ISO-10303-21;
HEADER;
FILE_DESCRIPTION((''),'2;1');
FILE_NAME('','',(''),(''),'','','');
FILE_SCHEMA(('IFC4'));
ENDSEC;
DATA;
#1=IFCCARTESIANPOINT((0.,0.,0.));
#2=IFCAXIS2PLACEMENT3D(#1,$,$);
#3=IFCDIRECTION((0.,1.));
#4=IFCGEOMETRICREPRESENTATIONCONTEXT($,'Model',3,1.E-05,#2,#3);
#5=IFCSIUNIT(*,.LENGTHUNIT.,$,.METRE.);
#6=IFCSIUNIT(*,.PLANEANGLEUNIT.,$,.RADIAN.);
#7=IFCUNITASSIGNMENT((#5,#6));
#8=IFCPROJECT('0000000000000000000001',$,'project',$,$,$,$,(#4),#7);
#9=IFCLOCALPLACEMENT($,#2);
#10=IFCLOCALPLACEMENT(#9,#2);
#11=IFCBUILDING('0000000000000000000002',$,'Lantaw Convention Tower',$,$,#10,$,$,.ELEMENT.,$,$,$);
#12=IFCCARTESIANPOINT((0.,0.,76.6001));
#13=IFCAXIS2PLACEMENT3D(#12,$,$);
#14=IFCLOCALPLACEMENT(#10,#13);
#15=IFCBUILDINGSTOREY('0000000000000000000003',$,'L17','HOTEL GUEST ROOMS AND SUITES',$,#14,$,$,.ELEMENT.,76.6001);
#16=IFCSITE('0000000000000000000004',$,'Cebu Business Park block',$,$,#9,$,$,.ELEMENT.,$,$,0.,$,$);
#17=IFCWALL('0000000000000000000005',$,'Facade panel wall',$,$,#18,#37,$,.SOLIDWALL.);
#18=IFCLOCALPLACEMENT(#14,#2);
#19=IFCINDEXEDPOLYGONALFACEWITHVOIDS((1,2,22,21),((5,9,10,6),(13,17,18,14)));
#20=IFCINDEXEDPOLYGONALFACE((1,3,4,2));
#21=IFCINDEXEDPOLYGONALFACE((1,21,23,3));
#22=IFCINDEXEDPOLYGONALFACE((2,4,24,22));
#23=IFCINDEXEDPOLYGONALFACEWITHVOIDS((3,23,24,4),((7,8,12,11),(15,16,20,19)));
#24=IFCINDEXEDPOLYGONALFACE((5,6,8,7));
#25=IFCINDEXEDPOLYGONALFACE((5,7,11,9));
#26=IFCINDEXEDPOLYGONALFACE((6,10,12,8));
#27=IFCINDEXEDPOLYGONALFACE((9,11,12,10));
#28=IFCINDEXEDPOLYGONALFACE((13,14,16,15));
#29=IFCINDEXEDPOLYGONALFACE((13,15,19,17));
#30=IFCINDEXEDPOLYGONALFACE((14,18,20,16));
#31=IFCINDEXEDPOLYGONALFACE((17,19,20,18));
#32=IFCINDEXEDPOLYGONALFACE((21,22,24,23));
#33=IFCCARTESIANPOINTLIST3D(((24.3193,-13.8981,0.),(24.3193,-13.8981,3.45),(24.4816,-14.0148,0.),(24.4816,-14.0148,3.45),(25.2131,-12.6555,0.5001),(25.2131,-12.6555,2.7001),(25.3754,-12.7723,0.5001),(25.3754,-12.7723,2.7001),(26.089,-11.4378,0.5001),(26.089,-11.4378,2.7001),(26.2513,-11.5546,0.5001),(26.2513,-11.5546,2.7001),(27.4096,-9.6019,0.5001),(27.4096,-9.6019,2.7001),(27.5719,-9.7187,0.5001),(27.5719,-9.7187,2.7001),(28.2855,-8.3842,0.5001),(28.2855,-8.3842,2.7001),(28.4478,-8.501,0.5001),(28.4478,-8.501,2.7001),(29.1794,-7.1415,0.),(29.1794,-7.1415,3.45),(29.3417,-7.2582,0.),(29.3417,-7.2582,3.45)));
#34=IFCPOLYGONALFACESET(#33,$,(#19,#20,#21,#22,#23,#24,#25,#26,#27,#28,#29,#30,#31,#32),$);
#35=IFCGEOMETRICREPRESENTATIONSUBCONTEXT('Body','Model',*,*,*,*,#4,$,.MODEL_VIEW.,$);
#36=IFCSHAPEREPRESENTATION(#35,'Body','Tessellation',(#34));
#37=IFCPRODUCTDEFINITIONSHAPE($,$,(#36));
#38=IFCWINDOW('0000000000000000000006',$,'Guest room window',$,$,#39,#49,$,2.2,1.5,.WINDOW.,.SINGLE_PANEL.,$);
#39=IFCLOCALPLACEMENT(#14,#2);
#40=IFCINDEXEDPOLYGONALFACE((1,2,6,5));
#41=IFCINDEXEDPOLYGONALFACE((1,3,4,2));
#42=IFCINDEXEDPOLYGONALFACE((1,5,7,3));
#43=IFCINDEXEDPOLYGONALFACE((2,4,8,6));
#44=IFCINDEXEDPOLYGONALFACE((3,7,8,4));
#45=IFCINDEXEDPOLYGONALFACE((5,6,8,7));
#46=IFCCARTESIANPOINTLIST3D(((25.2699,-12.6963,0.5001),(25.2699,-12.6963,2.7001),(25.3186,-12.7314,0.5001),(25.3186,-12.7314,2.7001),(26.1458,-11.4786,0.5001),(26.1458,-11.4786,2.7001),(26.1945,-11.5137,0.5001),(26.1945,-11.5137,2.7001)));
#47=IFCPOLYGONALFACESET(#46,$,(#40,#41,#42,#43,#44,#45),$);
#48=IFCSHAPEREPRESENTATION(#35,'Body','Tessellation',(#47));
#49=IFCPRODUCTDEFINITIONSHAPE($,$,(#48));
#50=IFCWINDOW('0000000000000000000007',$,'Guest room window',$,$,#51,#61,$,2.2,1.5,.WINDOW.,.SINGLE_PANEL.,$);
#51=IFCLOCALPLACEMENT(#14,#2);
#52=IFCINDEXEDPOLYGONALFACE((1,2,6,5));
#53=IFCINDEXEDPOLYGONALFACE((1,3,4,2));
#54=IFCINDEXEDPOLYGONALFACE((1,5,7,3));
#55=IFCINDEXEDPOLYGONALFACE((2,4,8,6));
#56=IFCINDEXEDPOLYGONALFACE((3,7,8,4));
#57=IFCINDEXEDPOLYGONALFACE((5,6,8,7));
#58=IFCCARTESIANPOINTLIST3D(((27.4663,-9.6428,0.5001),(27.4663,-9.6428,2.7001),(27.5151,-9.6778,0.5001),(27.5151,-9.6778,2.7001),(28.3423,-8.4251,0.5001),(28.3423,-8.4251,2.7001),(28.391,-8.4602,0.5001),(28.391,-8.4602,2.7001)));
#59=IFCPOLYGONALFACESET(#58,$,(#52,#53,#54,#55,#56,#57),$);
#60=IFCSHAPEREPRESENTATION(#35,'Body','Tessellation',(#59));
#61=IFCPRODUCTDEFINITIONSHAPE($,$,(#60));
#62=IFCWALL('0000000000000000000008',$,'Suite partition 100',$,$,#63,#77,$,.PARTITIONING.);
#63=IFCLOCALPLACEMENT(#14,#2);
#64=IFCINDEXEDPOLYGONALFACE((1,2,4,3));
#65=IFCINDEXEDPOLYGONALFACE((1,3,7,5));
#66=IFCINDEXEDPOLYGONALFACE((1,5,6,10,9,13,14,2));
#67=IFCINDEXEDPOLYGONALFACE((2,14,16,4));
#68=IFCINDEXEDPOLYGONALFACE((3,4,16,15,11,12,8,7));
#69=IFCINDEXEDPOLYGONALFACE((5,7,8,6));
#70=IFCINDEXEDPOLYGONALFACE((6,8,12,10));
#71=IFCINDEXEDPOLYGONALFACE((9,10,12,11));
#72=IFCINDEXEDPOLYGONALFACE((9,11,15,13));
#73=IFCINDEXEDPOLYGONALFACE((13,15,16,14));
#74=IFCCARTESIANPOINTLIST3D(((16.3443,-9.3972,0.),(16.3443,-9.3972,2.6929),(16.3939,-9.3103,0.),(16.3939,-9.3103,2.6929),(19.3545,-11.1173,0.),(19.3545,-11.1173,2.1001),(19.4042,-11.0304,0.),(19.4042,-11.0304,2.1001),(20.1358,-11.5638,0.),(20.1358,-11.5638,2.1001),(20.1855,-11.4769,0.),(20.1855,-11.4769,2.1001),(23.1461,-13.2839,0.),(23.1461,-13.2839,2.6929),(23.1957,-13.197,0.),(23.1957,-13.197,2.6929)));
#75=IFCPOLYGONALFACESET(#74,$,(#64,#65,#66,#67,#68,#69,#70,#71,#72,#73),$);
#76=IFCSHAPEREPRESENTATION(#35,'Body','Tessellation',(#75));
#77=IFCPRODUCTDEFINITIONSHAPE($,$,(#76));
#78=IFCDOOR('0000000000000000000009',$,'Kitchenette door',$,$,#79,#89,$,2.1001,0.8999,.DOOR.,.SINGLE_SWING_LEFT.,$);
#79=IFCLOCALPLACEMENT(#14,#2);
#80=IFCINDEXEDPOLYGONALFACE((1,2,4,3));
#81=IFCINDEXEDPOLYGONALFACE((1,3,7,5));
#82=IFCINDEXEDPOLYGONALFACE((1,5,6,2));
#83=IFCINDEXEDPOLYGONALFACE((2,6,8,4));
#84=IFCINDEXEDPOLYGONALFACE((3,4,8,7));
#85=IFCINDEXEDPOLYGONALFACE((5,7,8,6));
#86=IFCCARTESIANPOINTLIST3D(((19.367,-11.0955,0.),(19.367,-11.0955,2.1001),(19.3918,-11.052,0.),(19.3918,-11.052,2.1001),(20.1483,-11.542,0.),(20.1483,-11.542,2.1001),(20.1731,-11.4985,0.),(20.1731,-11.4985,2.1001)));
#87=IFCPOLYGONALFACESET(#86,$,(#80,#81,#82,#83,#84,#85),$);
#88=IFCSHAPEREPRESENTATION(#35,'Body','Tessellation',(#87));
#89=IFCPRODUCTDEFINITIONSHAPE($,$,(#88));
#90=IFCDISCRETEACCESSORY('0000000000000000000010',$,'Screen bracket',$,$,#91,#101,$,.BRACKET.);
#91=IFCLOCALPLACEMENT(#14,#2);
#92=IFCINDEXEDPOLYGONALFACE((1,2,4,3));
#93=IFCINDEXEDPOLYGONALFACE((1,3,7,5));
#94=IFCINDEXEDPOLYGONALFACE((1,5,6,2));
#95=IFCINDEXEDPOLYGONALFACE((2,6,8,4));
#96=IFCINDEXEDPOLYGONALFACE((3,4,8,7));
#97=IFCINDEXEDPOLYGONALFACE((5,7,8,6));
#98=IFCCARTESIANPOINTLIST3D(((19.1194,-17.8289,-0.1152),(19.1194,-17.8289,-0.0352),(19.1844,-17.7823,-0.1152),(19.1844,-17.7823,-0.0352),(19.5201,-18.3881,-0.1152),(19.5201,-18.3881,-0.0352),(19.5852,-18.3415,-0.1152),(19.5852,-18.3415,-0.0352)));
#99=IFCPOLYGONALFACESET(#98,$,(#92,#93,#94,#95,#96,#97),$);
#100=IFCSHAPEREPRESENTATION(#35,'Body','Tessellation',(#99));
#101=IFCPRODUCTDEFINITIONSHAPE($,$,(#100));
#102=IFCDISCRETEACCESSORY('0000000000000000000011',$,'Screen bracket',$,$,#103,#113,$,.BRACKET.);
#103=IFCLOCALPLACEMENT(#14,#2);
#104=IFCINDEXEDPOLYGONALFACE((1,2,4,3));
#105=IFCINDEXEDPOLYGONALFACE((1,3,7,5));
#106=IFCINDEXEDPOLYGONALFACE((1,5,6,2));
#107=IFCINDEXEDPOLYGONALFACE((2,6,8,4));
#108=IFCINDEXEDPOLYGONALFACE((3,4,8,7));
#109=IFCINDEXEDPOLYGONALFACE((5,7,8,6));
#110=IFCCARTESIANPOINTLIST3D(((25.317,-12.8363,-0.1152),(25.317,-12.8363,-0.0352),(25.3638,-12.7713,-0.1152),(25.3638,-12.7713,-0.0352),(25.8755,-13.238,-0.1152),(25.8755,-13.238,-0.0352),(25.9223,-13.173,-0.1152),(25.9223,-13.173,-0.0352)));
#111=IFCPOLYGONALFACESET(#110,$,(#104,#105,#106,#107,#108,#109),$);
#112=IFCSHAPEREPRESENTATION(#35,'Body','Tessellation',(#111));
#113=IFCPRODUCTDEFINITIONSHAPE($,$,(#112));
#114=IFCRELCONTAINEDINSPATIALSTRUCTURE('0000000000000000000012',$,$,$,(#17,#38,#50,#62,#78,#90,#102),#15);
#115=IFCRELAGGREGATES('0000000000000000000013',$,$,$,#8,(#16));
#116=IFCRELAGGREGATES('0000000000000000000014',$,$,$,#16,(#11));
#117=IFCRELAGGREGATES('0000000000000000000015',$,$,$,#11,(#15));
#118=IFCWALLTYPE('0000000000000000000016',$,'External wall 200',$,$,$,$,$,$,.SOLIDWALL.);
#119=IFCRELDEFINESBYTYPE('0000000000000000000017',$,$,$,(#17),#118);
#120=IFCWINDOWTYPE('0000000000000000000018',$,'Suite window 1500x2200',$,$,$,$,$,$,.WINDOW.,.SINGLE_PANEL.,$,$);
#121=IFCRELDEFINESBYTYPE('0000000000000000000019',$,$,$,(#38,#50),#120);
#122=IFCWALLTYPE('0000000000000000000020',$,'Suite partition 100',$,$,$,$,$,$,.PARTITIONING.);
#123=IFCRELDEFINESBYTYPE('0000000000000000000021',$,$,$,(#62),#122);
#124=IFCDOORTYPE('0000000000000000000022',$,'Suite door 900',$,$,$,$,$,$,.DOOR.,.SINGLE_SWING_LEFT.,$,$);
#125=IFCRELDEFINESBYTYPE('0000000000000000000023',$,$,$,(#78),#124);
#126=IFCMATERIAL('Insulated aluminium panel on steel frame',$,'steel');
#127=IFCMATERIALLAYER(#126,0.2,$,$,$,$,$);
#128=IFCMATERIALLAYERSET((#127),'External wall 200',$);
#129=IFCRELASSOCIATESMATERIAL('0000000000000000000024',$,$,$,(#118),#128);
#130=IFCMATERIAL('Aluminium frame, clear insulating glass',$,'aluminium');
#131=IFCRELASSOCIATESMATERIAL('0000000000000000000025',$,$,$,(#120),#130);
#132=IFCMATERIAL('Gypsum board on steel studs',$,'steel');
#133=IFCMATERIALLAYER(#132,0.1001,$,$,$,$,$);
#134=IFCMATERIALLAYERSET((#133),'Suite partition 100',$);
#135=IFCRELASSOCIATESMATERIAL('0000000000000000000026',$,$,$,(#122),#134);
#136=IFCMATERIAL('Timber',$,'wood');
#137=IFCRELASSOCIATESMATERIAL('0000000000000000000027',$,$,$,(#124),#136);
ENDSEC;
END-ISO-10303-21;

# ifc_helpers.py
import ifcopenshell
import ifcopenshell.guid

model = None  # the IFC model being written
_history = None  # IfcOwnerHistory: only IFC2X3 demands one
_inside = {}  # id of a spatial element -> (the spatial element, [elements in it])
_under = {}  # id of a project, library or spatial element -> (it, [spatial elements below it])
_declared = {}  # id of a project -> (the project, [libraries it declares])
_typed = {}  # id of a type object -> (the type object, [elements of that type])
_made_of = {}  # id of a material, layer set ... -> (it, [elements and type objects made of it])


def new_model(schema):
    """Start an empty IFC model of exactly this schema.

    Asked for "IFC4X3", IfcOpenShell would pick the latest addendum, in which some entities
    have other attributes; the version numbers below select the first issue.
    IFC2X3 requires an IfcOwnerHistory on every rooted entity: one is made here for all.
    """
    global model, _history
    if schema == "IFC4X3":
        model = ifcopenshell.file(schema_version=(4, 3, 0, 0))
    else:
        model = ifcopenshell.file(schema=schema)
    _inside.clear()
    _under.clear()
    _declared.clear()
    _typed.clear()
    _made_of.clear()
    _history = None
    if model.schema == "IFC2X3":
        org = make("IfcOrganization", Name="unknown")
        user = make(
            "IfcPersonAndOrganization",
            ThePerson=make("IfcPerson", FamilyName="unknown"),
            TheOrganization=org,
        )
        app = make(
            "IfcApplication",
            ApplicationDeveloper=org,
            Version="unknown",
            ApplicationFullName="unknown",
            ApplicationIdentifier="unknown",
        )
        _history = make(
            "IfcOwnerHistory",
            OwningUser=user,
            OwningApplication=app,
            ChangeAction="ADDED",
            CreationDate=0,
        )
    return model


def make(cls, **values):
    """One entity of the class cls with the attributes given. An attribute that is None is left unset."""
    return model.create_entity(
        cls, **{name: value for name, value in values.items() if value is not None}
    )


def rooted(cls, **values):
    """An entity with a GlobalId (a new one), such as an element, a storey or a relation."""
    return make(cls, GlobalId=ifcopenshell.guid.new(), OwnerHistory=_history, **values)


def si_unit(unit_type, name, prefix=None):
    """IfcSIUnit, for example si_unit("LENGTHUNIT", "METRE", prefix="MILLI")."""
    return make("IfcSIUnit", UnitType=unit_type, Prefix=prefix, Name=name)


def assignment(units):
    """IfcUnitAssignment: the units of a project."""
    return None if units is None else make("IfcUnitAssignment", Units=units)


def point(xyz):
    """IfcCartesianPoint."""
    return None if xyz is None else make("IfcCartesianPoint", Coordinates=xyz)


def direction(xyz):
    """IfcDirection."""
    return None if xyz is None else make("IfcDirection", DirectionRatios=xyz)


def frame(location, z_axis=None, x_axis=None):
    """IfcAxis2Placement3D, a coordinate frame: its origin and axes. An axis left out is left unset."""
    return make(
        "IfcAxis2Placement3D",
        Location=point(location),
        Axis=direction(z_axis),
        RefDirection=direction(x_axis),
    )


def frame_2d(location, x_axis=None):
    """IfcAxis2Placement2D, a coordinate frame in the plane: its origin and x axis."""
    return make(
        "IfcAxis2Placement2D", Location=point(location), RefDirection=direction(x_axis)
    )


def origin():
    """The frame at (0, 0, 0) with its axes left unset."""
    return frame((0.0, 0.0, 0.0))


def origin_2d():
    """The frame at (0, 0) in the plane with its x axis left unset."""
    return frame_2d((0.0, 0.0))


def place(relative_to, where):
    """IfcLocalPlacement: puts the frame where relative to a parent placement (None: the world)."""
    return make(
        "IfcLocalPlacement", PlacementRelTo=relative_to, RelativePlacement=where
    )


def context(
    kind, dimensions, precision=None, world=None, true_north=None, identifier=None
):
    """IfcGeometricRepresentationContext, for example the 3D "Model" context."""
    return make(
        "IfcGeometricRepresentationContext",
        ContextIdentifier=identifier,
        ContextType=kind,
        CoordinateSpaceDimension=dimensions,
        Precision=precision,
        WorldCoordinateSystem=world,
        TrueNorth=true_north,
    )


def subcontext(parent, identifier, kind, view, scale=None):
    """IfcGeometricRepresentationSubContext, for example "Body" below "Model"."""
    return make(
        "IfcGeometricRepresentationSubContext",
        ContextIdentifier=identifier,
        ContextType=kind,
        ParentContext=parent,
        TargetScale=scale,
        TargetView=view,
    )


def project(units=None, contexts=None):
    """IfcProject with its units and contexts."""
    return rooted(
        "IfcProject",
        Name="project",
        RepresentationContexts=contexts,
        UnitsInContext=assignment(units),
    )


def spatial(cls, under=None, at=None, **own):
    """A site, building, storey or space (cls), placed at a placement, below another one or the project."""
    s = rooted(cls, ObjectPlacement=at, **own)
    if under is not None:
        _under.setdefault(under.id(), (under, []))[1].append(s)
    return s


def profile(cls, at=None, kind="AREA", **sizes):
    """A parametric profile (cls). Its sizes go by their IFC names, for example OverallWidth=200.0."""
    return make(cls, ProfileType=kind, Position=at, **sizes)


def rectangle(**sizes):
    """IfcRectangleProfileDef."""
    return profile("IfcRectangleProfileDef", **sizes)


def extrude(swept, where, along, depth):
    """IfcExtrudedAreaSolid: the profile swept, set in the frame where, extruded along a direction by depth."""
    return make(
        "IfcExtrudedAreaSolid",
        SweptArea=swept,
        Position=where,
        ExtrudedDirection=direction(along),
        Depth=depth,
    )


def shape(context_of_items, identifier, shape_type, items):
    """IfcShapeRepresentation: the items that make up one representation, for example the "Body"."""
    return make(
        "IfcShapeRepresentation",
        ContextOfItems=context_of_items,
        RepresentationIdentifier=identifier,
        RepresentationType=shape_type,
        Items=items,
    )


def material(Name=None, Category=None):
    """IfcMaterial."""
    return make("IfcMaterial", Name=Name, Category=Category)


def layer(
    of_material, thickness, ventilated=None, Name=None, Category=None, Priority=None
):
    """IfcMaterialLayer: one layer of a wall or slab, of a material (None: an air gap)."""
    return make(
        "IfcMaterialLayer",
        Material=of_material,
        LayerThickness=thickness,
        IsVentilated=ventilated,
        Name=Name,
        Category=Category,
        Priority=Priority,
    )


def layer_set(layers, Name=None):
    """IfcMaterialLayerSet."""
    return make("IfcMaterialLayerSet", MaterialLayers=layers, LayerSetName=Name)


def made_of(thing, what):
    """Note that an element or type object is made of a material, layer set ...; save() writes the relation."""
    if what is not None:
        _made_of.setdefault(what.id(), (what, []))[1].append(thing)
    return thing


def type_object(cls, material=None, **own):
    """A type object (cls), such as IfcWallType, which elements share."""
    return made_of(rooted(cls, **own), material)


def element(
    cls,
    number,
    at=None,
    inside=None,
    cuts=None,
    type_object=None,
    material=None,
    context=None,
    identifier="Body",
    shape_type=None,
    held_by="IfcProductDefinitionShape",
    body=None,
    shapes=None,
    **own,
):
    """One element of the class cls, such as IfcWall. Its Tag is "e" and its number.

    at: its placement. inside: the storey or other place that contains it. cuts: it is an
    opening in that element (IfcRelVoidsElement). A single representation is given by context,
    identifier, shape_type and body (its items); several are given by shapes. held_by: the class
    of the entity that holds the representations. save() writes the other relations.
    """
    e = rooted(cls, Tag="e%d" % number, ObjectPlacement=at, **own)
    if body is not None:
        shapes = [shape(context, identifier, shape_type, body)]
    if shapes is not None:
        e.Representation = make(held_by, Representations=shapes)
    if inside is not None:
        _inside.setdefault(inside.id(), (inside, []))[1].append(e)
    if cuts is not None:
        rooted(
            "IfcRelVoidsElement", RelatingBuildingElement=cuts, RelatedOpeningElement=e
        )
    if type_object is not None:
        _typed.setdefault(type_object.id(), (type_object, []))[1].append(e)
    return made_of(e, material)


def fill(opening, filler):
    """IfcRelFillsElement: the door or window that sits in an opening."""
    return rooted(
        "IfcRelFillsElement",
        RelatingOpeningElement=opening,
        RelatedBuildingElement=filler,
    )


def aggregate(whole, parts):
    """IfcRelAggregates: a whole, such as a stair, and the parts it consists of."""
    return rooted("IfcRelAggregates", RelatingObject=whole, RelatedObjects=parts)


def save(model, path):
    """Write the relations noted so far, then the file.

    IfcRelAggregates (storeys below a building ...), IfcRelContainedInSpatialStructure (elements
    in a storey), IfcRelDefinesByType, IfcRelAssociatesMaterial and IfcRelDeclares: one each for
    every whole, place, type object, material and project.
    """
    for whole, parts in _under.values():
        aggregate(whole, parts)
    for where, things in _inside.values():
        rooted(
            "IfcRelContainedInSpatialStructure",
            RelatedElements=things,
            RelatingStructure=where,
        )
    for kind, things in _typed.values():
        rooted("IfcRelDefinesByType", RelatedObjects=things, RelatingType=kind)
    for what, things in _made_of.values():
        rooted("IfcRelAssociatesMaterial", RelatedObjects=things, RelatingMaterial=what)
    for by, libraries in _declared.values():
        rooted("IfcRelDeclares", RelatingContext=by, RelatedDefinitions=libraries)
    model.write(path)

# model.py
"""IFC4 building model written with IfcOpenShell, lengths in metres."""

from ifc_helpers import new_model, si_unit, direction, frame, frame_2d, origin, origin_2d, place, context, subcontext, project, spatial, rectangle, extrude, material, layer, layer_set, type_object, element, fill, save


model = new_model("IFC4")

# Units and contexts
model_context = context("Model", 3, precision=1e-05, world=origin(), true_north=direction((0.0, 1.0)))
body_context = subcontext(model_context, "Body", "Model", "MODEL_VIEW")
ifc_project = project(units=[si_unit("LENGTHUNIT", "METRE"), si_unit("PLANEANGLEUNIT", "RADIAN")], contexts=[model_context])

# Site, building, storey
site_placement = place(None, origin())
site = spatial("IfcSite", under=ifc_project, at=site_placement, Name="Cebu Business Park block", CompositionType="ELEMENT", RefElevation=0.0)
building_placement = place(site_placement, origin())
building = spatial("IfcBuilding", under=site, at=building_placement, Name="Lantaw Convention Tower", CompositionType="ELEMENT")
storey_placement = place(building_placement, frame((0.0, 0.0, 76.6001)))
storey = spatial("IfcBuildingStorey", under=building, at=storey_placement, Name="L17", Description="HOTEL GUEST ROOMS AND SUITES", CompositionType="ELEMENT", Elevation=76.6001)

# Wall, openings, windows
ifc_material_1 = material(Name="Insulated aluminium panel on steel frame", Category="steel")
ifc_layer_1 = layer(ifc_material_1, 0.2)
ifc_layer_set_1 = layer_set([ifc_layer_1], Name="External wall 200")
wall_type_1 = type_object("IfcWallType", Name="External wall 200", PredefinedType="SOLIDWALL", material=ifc_layer_set_1)
wall_1_placement = place(storey_placement, frame((24.4004, -13.9565, 0.0), z_axis=(0.0, 0.0, 1.0), x_axis=(0.583938, 0.811799, 0.0)))
wall_1 = element("IfcWall", 1, at=wall_1_placement, inside=storey, type_object=wall_type_1, Name="Facade panel wall", PredefinedType="SOLIDWALL", context=body_context, shape_type="SweptSolid", body=[
    extrude(rectangle(XDim=8.323, YDim=0.2, at=frame_2d((4.1616, 0.0))), origin(), (0.0, 0.0, 1.0), 3.45),
])
opening_1_placement = place(wall_1_placement, frame((1.5308, 0.0, 0.5)))
opening_1 = element("IfcOpeningElement", 2, at=opening_1_placement, cuts=wall_1, PredefinedType="OPENING", context=body_context, shape_type="SweptSolid", body=[
    extrude(rectangle(XDim=1.5, YDim=2.2, at=frame_2d((0.75, 1.1001))), frame((0.0, 0.1099, 0.0), z_axis=(0.0, -1.0, 0.0), x_axis=(1.0, 0.0, 0.0)), (0.0, 0.0, 1.0), 0.22),
])
opening_2_placement = place(wall_1_placement, frame((5.2922, 0.0, 0.5)))
opening_2 = element("IfcOpeningElement", 3, at=opening_2_placement, cuts=wall_1, PredefinedType="OPENING", context=body_context, shape_type="SweptSolid", body=[
    extrude(rectangle(XDim=1.5, YDim=2.2, at=frame_2d((0.75, 1.1001))), frame((0.0, 0.1099, 0.0), z_axis=(0.0, -1.0, 0.0), x_axis=(1.0, 0.0, 0.0)), (0.0, 0.0, 1.0), 0.22),
])
ifc_material_2 = material(Name="Aluminium frame, clear insulating glass", Category="aluminium")
window_type = type_object("IfcWindowType", Name="Suite window 1500x2200", PartitioningType="SINGLE_PANEL", PredefinedType="WINDOW", material=ifc_material_2)
window_1_placement = place(opening_1_placement, origin())
window_1 = element("IfcWindow", 4, at=window_1_placement, inside=storey, type_object=window_type, Name="Guest room window", OverallHeight=2.2, OverallWidth=1.5, PartitioningType="SINGLE_PANEL", PredefinedType="WINDOW", context=body_context, shape_type="SweptSolid", body=[
    extrude(rectangle(XDim=1.5, YDim=2.2, at=frame_2d((0.75, 1.1001))), frame((0.0, 0.03, 0.0), z_axis=(0.0, -1.0, 0.0), x_axis=(1.0, 0.0, 0.0)), (0.0, 0.0, 1.0), 0.0601),
])
fill(opening_1, window_1)
window_2_placement = place(opening_2_placement, origin())
window_2 = element("IfcWindow", 5, at=window_2_placement, inside=storey, type_object=window_type, Name="Guest room window", OverallHeight=2.2, OverallWidth=1.5, PartitioningType="SINGLE_PANEL", PredefinedType="WINDOW", context=body_context, shape_type="SweptSolid", body=[
    extrude(rectangle(XDim=1.5, YDim=2.2, at=frame_2d((0.75, 1.1001))), frame((0.0, 0.03, 0.0), z_axis=(0.0, -1.0, 0.0), x_axis=(1.0, 0.0, 0.0)), (0.0, 0.0, 1.0), 0.0601),
])
fill(opening_2, window_2)

# Wall, opening, door
ifc_material_3 = material(Name="Gypsum board on steel studs", Category="steel")
ifc_layer_2 = layer(ifc_material_3, 0.1001)
ifc_layer_set_2 = layer_set([ifc_layer_2], Name="Suite partition 100")
wall_type_2 = type_object("IfcWallType", Name="Suite partition 100", PredefinedType="PARTITIONING", material=ifc_layer_set_2)
wall_2_placement = place(storey_placement, frame((23.1709, -13.2405, 0.0), z_axis=(0.0, 0.0, 1.0), x_axis=(-0.868243, 0.496139, 0.0)))
wall_2 = element("IfcWall", 6, at=wall_2_placement, inside=storey, type_object=wall_type_2, Name="Suite partition 100", PredefinedType="PARTITIONING", context=body_context, shape_type="SweptSolid", body=[
    extrude(rectangle(XDim=7.834, YDim=0.1001, at=frame_2d((3.917, 0.0))), origin(), (0.0, 0.0, 1.0), 2.6929),
])
opening_3_placement = place(wall_2_placement, frame((3.467, 0.0, 0.0)))
opening_3 = element("IfcOpeningElement", 7, at=opening_3_placement, cuts=wall_2, PredefinedType="OPENING", context=body_context, shape_type="SweptSolid", body=[
    extrude(rectangle(XDim=0.8999, YDim=2.1001, at=frame_2d((0.45, 1.05))), frame((0.0, 0.0601, 0.0), z_axis=(0.0, -1.0, 0.0), x_axis=(1.0, 0.0, 0.0)), (0.0, 0.0, 1.0), 0.1201),
])
ifc_material_4 = material(Name="Timber", Category="wood")
door_type = type_object("IfcDoorType", Name="Suite door 900", OperationType="SINGLE_SWING_LEFT", PredefinedType="DOOR", material=ifc_material_4)
door_placement = place(opening_3_placement, origin())
door = element("IfcDoor", 8, at=door_placement, inside=storey, type_object=door_type, Name="Kitchenette door", OperationType="SINGLE_SWING_LEFT", OverallHeight=2.1001, OverallWidth=0.8999, PredefinedType="DOOR", context=body_context, shape_type="SweptSolid", body=[
    extrude(rectangle(XDim=0.8999, YDim=2.1001, at=frame_2d((0.45, 1.05))), frame((0.0, 0.0249, 0.0), z_axis=(0.0, -1.0, 0.0), x_axis=(1.0, 0.0, 0.0)), (0.0, 0.0, 1.0), 0.05),
])
fill(opening_3, door)

# Discrete accessories
for number, where, z_axis, x_axis, name in (
    (9, (19.3523, -18.0852, -0.1152), (0.0, 0.0, 1.0), (0.812804, 0.582538, 0.0), "Screen bracket"),
    (10, (25.6196, -13.0046, -0.1152), (0.0, 0.0, 1.0), (0.583951, 0.811789, 0.0), "Screen bracket"),
):
    element("IfcDiscreteAccessory", number, at=place(storey_placement, frame(where, z_axis=z_axis, x_axis=x_axis)), inside=storey, Name=name, PredefinedType="BRACKET", context=body_context, shape_type="SweptSolid", body=[
        extrude(rectangle(XDim=0.0801, YDim=0.688, at=origin_2d()), origin(), (0.0, 0.0, 1.0), 0.0801),
    ])

save(model, "model.ifc")
